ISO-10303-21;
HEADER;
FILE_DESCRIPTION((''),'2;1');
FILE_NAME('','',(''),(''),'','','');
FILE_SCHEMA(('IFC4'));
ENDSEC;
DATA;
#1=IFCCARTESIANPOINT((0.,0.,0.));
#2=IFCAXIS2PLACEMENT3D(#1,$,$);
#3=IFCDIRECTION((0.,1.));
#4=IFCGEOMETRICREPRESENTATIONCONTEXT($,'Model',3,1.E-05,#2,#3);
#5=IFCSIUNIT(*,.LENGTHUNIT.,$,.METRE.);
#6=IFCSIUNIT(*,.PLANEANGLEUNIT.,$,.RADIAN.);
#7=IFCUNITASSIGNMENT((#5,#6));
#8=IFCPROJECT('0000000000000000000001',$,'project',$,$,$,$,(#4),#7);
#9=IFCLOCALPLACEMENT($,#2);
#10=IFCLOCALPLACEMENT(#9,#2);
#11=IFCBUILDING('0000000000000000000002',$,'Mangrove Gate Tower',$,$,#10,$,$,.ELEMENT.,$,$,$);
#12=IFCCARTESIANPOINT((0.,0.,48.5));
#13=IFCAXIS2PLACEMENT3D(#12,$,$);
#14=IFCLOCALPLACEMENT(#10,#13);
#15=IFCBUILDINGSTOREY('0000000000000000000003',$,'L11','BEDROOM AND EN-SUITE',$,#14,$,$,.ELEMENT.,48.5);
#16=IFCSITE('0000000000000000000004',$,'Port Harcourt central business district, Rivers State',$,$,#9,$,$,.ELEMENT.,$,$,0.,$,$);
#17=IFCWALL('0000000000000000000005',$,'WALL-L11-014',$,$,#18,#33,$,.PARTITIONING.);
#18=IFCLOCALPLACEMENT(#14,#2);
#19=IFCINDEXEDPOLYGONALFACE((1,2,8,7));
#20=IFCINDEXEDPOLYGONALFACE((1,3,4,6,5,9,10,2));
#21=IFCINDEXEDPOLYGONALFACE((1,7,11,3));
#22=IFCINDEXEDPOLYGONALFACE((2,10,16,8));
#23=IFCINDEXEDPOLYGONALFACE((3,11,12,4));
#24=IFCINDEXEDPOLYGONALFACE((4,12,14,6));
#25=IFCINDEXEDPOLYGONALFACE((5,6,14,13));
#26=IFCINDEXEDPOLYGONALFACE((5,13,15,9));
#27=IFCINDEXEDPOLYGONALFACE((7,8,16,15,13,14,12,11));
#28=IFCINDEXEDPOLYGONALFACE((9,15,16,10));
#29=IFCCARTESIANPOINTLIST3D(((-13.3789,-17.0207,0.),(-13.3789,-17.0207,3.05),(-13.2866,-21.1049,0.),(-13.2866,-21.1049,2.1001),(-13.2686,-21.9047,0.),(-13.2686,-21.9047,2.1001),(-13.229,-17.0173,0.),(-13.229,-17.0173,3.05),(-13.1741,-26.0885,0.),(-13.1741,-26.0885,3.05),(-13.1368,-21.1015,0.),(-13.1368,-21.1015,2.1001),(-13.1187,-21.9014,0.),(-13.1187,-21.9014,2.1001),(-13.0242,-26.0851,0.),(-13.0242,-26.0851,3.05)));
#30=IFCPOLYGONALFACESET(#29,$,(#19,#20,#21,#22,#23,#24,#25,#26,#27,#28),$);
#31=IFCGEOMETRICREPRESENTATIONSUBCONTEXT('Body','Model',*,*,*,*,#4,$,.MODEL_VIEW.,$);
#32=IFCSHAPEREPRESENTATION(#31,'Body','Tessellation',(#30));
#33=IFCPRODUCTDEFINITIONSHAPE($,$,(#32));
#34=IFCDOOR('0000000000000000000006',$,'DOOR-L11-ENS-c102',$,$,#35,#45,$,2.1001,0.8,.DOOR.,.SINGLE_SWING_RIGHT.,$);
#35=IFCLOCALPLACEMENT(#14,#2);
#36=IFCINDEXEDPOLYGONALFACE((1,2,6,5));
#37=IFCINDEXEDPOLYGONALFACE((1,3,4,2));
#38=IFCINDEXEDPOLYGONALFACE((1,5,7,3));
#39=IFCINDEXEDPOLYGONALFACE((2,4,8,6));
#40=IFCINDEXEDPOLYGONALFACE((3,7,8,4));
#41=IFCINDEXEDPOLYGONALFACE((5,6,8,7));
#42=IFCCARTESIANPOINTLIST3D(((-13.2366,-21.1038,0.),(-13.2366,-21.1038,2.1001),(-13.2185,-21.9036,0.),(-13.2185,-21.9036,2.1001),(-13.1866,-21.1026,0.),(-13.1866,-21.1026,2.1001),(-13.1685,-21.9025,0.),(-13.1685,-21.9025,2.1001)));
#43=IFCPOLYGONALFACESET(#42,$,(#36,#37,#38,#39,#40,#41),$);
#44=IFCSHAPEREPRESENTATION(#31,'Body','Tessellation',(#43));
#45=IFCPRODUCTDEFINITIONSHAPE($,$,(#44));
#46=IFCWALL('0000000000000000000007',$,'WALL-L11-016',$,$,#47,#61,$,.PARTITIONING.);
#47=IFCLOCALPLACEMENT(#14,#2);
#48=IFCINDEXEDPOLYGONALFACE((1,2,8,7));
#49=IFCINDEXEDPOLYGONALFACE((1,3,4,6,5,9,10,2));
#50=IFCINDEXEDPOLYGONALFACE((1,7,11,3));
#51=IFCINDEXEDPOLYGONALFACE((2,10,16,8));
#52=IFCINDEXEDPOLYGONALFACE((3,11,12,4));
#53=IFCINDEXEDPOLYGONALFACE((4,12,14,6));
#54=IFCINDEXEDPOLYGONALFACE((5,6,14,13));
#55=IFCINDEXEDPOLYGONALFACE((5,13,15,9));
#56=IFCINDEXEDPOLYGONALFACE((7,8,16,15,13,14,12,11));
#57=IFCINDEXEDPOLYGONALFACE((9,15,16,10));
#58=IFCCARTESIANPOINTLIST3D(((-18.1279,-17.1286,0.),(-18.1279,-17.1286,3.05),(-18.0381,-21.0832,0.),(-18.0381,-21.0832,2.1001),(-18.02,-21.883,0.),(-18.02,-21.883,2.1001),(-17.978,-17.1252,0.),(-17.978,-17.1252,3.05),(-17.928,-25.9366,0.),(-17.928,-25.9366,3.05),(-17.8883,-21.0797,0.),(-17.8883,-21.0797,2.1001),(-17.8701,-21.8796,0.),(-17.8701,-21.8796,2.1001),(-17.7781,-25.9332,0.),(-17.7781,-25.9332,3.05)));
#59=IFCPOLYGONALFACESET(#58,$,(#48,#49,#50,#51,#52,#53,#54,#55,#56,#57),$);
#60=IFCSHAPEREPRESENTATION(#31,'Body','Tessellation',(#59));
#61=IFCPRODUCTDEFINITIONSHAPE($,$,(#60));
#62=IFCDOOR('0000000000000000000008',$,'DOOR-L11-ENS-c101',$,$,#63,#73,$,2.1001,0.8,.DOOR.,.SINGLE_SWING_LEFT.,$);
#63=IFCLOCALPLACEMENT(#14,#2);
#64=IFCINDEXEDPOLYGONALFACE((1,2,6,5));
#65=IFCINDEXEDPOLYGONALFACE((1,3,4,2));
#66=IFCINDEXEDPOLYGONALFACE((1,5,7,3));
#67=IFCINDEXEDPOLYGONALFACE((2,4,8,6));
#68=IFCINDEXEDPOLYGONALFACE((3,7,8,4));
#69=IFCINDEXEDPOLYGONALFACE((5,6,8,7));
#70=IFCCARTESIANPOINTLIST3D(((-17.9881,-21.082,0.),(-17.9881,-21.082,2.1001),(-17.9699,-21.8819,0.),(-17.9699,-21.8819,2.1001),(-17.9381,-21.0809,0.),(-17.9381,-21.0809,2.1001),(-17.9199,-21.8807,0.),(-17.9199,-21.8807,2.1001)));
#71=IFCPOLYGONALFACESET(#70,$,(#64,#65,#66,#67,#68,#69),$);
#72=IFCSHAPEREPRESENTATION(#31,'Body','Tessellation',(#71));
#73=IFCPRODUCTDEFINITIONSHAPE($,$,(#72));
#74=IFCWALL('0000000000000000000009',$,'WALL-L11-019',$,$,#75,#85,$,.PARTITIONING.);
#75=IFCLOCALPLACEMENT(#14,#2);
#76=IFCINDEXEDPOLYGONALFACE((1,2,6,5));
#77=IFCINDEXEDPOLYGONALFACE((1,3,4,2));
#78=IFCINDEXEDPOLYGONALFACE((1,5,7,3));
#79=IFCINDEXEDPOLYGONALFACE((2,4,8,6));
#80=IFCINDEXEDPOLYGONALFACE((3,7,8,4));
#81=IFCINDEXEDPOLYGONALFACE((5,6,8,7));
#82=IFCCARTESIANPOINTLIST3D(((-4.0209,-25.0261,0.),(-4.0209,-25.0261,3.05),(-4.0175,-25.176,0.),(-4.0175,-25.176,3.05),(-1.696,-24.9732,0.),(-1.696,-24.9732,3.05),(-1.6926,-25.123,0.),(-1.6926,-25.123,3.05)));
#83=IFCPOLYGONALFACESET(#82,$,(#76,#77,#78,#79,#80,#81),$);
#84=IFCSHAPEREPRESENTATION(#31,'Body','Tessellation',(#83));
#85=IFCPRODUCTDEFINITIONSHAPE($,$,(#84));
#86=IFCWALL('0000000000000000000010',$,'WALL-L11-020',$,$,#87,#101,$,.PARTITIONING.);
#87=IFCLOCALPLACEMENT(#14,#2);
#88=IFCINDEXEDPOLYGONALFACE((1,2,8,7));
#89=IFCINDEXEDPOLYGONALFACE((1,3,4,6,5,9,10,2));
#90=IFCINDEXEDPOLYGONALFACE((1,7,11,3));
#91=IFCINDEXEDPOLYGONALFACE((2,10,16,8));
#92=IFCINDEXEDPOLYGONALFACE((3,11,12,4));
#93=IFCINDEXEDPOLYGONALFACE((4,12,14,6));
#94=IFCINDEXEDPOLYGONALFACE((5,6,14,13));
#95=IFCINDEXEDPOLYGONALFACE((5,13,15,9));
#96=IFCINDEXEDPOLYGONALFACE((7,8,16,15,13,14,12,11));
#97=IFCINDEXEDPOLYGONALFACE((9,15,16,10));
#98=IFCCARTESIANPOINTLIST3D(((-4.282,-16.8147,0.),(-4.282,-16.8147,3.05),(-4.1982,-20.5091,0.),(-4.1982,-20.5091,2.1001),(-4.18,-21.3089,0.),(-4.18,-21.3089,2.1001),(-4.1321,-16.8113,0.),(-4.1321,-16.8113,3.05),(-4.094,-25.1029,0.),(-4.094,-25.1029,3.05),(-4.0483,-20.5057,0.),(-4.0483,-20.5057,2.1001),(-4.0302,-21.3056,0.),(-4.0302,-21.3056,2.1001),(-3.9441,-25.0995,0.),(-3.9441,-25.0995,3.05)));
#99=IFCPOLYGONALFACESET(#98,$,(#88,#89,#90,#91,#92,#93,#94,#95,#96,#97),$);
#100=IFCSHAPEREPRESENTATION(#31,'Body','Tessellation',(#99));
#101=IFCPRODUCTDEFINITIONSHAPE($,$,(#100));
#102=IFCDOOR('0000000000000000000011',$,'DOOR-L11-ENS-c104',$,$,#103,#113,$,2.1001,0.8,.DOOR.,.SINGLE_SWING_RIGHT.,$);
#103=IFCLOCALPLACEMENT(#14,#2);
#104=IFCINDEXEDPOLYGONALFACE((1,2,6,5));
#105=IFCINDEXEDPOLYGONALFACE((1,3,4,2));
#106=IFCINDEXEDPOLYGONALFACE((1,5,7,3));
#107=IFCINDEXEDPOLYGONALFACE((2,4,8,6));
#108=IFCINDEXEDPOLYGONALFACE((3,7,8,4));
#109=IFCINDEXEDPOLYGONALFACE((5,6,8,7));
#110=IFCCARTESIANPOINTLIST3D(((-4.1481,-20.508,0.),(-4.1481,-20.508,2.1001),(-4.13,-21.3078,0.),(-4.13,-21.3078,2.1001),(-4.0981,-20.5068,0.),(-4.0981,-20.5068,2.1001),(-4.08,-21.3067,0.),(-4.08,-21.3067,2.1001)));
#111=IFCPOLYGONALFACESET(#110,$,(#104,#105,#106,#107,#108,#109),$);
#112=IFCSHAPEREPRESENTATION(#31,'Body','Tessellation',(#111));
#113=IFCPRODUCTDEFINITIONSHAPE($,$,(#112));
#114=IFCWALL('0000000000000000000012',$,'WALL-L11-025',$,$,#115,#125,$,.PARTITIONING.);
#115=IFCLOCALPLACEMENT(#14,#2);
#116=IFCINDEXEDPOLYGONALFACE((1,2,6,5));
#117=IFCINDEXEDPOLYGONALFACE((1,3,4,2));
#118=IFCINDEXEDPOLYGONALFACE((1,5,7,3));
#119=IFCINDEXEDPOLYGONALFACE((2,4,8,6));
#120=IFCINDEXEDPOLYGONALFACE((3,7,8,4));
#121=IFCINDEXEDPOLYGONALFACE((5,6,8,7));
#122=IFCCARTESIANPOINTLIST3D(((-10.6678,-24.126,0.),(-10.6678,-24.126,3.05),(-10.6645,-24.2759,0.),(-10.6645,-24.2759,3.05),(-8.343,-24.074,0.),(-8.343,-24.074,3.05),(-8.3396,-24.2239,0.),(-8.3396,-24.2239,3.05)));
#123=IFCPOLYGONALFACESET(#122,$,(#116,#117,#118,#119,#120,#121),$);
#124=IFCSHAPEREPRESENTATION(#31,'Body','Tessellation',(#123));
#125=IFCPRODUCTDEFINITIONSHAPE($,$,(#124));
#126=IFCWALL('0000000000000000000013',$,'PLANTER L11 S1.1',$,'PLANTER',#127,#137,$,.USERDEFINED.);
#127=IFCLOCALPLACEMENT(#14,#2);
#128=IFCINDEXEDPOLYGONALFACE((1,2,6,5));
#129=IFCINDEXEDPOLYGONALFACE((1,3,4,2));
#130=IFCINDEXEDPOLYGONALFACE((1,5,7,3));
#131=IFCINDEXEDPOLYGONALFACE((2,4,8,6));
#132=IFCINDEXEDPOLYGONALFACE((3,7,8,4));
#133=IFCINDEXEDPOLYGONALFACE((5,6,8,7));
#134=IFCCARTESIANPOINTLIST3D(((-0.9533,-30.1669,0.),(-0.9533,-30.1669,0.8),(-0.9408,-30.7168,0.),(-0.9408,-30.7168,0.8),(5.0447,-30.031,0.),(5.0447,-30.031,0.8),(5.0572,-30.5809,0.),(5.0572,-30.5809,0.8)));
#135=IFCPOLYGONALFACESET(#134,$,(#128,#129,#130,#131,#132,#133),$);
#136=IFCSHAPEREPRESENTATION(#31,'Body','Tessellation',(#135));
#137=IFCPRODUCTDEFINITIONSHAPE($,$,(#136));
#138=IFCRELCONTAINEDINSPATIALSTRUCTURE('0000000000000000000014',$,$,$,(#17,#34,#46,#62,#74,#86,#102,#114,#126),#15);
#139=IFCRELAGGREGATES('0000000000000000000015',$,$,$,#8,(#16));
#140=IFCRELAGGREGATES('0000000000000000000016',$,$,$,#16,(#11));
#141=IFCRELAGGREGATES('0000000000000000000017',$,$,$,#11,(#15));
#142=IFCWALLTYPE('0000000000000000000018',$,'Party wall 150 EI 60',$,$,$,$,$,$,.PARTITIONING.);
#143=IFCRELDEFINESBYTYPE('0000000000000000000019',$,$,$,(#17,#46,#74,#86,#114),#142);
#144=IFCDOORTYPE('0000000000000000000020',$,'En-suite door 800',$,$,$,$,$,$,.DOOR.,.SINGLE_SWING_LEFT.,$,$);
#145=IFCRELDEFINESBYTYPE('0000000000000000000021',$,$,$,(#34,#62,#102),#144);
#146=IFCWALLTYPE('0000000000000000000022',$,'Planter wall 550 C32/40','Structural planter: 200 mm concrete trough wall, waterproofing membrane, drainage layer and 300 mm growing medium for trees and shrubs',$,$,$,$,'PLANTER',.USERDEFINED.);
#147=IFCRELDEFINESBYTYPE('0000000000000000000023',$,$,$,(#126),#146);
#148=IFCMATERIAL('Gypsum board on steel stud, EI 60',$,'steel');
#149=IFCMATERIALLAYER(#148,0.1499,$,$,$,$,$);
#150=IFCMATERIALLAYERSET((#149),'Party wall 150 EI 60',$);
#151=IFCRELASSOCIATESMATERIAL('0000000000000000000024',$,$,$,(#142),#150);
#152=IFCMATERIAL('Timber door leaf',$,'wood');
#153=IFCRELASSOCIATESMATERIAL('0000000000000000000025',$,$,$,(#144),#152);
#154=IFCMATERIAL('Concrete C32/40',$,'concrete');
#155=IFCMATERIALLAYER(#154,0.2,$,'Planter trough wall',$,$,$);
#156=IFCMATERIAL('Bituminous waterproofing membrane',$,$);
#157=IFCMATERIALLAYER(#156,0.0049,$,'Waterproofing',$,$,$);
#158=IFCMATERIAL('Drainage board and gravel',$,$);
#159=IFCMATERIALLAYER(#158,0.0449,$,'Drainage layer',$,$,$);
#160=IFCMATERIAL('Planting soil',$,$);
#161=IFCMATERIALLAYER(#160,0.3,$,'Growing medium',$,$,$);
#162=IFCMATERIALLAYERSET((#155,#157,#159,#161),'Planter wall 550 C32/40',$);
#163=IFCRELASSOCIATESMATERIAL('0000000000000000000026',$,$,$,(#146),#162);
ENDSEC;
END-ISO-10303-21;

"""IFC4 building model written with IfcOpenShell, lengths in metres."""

from ifc_helpers import new_model, si_unit, direction, frame, frame_2d, origin, place, context, subcontext, project, spatial, rectangle, extrude, material, layer, layer_set, type_object, element, fill, save


model = new_model("IFC4")

# Units and contexts
model_context = context("Model", 3, precision=1e-05, world=origin(), true_north=direction((0.0, 1.0)))
body_context = subcontext(model_context, "Body", "Model", "MODEL_VIEW")
ifc_project = project(units=[si_unit("LENGTHUNIT", "METRE"), si_unit("PLANEANGLEUNIT", "RADIAN")], contexts=[model_context])

# Site, building, storey
site_placement = place(None, origin())
site = spatial("IfcSite", under=ifc_project, at=site_placement, Name="Port Harcourt central business district, Rivers State", CompositionType="ELEMENT", RefElevation=0.0)
building_placement = place(site_placement, origin())
building = spatial("IfcBuilding", under=site, at=building_placement, Name="Mangrove Gate Tower", CompositionType="ELEMENT")
storey_placement = place(building_placement, frame((0.0, 0.0, 48.5)))
storey = spatial("IfcBuildingStorey", under=building, at=storey_placement, Name="L11", Description="BEDROOM AND EN-SUITE", CompositionType="ELEMENT", Elevation=48.5)

# Shared definitions
ifc_material_1 = material(Name="Gypsum board on steel stud, EI 60", Category="steel")
ifc_layer_1 = layer(ifc_material_1, 0.1499)
ifc_layer_set_1 = layer_set([ifc_layer_1], Name="Party wall 150 EI 60")
wall_type_1 = type_object("IfcWallType", Name="Party wall 150 EI 60", PredefinedType="PARTITIONING", material=ifc_layer_set_1)

# Walls, openings, doors
wall_1_placement = place(storey_placement, frame((-13.0991, -26.0869, 0.0), z_axis=(0.0, 0.0, 1.0), x_axis=(-0.022583, 0.999745, 0.0)))
wall_1 = element("IfcWall", 1, at=wall_1_placement, inside=storey, type_object=wall_type_1, Name="WALL-L11-014", PredefinedType="PARTITIONING", context=body_context, shape_type="SweptSolid", body=[
    extrude(rectangle(XDim=9.0701, YDim=0.1499, at=frame_2d((4.5352, 0.0))), origin(), (0.0, 0.0, 1.0), 3.05),
])
opening_1_placement = place(wall_1_placement, frame((4.1851, 0.0, 0.0)))
opening_1 = element("IfcOpeningElement", 2, at=opening_1_placement, cuts=wall_1, PredefinedType="OPENING", context=body_context, shape_type="SweptSolid", body=[
    extrude(rectangle(XDim=0.8, YDim=2.1001, at=frame_2d((0.3999, 1.05))), frame((0.0, 0.085, 0.0), z_axis=(0.0, -1.0, 0.0), x_axis=(1.0, 0.0, 0.0)), (0.0, 0.0, 1.0), 0.1699),
])
ifc_material_2 = material(Name="Timber door leaf", Category="wood")
door_type = type_object("IfcDoorType", Name="En-suite door 800", OperationType="SINGLE_SWING_LEFT", PredefinedType="DOOR", material=ifc_material_2)
door_1_placement = place(opening_1_placement, origin())
door_1 = element("IfcDoor", 3, at=door_1_placement, inside=storey, type_object=door_type, Name="DOOR-L11-ENS-c102", OperationType="SINGLE_SWING_RIGHT", OverallHeight=2.1001, OverallWidth=0.8, PredefinedType="DOOR", context=body_context, shape_type="SweptSolid", body=[
    extrude(rectangle(XDim=0.8, YDim=2.1001, at=frame_2d((0.3999, 1.05))), frame((0.0, 0.0249, 0.0), z_axis=(0.0, -1.0, 0.0), x_axis=(1.0, 0.0, 0.0)), (0.0, 0.0, 1.0), 0.05),
])
fill(opening_1, door_1)
wall_2_placement = place(storey_placement, frame((-17.853, -25.9351, 0.0), z_axis=(0.0, 0.0, 1.0), x_axis=(-0.022695, 0.999742, 0.0)))
wall_2 = element("IfcWall", 4, at=wall_2_placement, inside=storey, type_object=wall_type_1, Name="WALL-L11-016", PredefinedType="PARTITIONING", context=body_context, shape_type="SweptSolid", body=[
    extrude(rectangle(XDim=8.8103, YDim=0.1499, at=frame_2d((4.4053, 0.0))), origin(), (0.0, 0.0, 1.0), 3.05),
])
opening_2_placement = place(wall_2_placement, frame((4.0549, 0.0, 0.0)))
opening_2 = element("IfcOpeningElement", 5, at=opening_2_placement, cuts=wall_2, PredefinedType="OPENING", context=body_context, shape_type="SweptSolid", body=[
    extrude(rectangle(XDim=0.8, YDim=2.1001, at=frame_2d((0.3999, 1.05))), frame((0.0, 0.085, 0.0), z_axis=(0.0, -1.0, 0.0), x_axis=(1.0, 0.0, 0.0)), (0.0, 0.0, 1.0), 0.1699),
])
door_2_placement = place(opening_2_placement, origin())
door_2 = element("IfcDoor", 6, at=door_2_placement, inside=storey, type_object=door_type, Name="DOOR-L11-ENS-c101", OperationType="SINGLE_SWING_LEFT", OverallHeight=2.1001, OverallWidth=0.8, PredefinedType="DOOR", context=body_context, shape_type="SweptSolid", body=[
    extrude(rectangle(XDim=0.8, YDim=2.1001, at=frame_2d((0.3999, 1.05))), frame((0.0, 0.0249, 0.0), z_axis=(0.0, -1.0, 0.0), x_axis=(1.0, 0.0, 0.0)), (0.0, 0.0, 1.0), 0.05),
])
fill(opening_2, door_2)

# Wall
wall_3_placement = place(storey_placement, frame((-4.019, -25.1011, 0.0), z_axis=(0.0, 0.0, 1.0), x_axis=(0.99974, 0.022781, 0.0)))
element("IfcWall", 7, at=wall_3_placement, inside=storey, type_object=wall_type_1, Name="WALL-L11-019", PredefinedType="PARTITIONING", context=body_context, shape_type="SweptSolid", body=[
    extrude(rectangle(XDim=2.3254, YDim=0.1499, at=frame_2d((1.1626, 0.0))), origin(), (0.0, 0.0, 1.0), 3.05),
])

# Wall, opening, door
wall_4_placement = place(storey_placement, frame((-4.019, -25.1011, 0.0), z_axis=(0.0, 0.0, 1.0), x_axis=(-0.022676, 0.999743, 0.0)))
wall_4 = element("IfcWall", 8, at=wall_4_placement, inside=storey, type_object=wall_type_1, Name="WALL-L11-020", PredefinedType="PARTITIONING", context=body_context, shape_type="SweptSolid", body=[
    extrude(rectangle(XDim=8.2903, YDim=0.1499, at=frame_2d((4.145, 0.0))), origin(), (0.0, 0.0, 1.0), 3.05),
])
opening_3_placement = place(wall_4_placement, frame((3.7949, 0.0, 0.0)))
opening_3 = element("IfcOpeningElement", 9, at=opening_3_placement, cuts=wall_4, PredefinedType="OPENING", context=body_context, shape_type="SweptSolid", body=[
    extrude(rectangle(XDim=0.8, YDim=2.1001, at=frame_2d((0.3999, 1.05))), frame((0.0, 0.085, 0.0), z_axis=(0.0, -1.0, 0.0), x_axis=(1.0, 0.0, 0.0)), (0.0, 0.0, 1.0), 0.1699),
])
door_3_placement = place(opening_3_placement, origin())
door_3 = element("IfcDoor", 10, at=door_3_placement, inside=storey, type_object=door_type, Name="DOOR-L11-ENS-c104", OperationType="SINGLE_SWING_RIGHT", OverallHeight=2.1001, OverallWidth=0.8, PredefinedType="DOOR", context=body_context, shape_type="SweptSolid", body=[
    extrude(rectangle(XDim=0.8, YDim=2.1001, at=frame_2d((0.3999, 1.05))), frame((0.0, 0.0249, 0.0), z_axis=(0.0, -1.0, 0.0), x_axis=(1.0, 0.0, 0.0)), (0.0, 0.0, 1.0), 0.05),
])
fill(opening_3, door_3)

# Walls
wall_5_placement = place(storey_placement, frame((-10.666, -24.2009, 0.0), z_axis=(0.0, 0.0, 1.0), x_axis=(0.99975, 0.022361, 0.0)))
element("IfcWall", 11, at=wall_5_placement, inside=storey, type_object=wall_type_1, Name="WALL-L11-025", PredefinedType="PARTITIONING", context=body_context, shape_type="SweptSolid", body=[
    extrude(rectangle(XDim=2.3254, YDim=0.1499, at=frame_2d((1.1626, 0.0))), origin(), (0.0, 0.0, 1.0), 3.05),
])
ifc_material_3 = material(Name="Concrete C32/40", Category="concrete")
ifc_layer_2 = layer(ifc_material_3, 0.2, Name="Planter trough wall")
ifc_material_4 = material(Name="Bituminous waterproofing membrane")
ifc_layer_3 = layer(ifc_material_4, 0.0049, Name="Waterproofing")
ifc_material_5 = material(Name="Drainage board and gravel")
ifc_layer_4 = layer(ifc_material_5, 0.0449, Name="Drainage layer")
ifc_material_6 = material(Name="Planting soil")
ifc_layer_5 = layer(ifc_material_6, 0.3, Name="Growing medium")
ifc_layer_set_2 = layer_set([ifc_layer_2, ifc_layer_3, ifc_layer_4, ifc_layer_5], Name="Planter wall 550 C32/40")
wall_type_2 = type_object("IfcWallType", Name="Planter wall 550 C32/40", Description="Structural planter: 200 mm concrete trough wall, waterproofing membrane, drainage layer and 300 mm growing medium for trees and shrubs", ElementType="PLANTER", PredefinedType="USERDEFINED", material=ifc_layer_set_2)
wall_6_placement = place(storey_placement, frame((-0.947, -30.4419, 0.0), z_axis=(0.0, 0.0, 1.0), x_axis=(0.999743, 0.022666, 0.0)))
element("IfcWall", 12, at=wall_6_placement, inside=storey, type_object=wall_type_2, Name="PLANTER L11 S1.1", ObjectType="PLANTER", PredefinedType="USERDEFINED", context=body_context, shape_type="SweptSolid", body=[
    extrude(rectangle(XDim=5.9995, YDim=0.55, at=frame_2d((2.9998, 0.0))), origin(), (0.0, 0.0, 1.0), 0.8),
])

save(model, "model.ifc")
